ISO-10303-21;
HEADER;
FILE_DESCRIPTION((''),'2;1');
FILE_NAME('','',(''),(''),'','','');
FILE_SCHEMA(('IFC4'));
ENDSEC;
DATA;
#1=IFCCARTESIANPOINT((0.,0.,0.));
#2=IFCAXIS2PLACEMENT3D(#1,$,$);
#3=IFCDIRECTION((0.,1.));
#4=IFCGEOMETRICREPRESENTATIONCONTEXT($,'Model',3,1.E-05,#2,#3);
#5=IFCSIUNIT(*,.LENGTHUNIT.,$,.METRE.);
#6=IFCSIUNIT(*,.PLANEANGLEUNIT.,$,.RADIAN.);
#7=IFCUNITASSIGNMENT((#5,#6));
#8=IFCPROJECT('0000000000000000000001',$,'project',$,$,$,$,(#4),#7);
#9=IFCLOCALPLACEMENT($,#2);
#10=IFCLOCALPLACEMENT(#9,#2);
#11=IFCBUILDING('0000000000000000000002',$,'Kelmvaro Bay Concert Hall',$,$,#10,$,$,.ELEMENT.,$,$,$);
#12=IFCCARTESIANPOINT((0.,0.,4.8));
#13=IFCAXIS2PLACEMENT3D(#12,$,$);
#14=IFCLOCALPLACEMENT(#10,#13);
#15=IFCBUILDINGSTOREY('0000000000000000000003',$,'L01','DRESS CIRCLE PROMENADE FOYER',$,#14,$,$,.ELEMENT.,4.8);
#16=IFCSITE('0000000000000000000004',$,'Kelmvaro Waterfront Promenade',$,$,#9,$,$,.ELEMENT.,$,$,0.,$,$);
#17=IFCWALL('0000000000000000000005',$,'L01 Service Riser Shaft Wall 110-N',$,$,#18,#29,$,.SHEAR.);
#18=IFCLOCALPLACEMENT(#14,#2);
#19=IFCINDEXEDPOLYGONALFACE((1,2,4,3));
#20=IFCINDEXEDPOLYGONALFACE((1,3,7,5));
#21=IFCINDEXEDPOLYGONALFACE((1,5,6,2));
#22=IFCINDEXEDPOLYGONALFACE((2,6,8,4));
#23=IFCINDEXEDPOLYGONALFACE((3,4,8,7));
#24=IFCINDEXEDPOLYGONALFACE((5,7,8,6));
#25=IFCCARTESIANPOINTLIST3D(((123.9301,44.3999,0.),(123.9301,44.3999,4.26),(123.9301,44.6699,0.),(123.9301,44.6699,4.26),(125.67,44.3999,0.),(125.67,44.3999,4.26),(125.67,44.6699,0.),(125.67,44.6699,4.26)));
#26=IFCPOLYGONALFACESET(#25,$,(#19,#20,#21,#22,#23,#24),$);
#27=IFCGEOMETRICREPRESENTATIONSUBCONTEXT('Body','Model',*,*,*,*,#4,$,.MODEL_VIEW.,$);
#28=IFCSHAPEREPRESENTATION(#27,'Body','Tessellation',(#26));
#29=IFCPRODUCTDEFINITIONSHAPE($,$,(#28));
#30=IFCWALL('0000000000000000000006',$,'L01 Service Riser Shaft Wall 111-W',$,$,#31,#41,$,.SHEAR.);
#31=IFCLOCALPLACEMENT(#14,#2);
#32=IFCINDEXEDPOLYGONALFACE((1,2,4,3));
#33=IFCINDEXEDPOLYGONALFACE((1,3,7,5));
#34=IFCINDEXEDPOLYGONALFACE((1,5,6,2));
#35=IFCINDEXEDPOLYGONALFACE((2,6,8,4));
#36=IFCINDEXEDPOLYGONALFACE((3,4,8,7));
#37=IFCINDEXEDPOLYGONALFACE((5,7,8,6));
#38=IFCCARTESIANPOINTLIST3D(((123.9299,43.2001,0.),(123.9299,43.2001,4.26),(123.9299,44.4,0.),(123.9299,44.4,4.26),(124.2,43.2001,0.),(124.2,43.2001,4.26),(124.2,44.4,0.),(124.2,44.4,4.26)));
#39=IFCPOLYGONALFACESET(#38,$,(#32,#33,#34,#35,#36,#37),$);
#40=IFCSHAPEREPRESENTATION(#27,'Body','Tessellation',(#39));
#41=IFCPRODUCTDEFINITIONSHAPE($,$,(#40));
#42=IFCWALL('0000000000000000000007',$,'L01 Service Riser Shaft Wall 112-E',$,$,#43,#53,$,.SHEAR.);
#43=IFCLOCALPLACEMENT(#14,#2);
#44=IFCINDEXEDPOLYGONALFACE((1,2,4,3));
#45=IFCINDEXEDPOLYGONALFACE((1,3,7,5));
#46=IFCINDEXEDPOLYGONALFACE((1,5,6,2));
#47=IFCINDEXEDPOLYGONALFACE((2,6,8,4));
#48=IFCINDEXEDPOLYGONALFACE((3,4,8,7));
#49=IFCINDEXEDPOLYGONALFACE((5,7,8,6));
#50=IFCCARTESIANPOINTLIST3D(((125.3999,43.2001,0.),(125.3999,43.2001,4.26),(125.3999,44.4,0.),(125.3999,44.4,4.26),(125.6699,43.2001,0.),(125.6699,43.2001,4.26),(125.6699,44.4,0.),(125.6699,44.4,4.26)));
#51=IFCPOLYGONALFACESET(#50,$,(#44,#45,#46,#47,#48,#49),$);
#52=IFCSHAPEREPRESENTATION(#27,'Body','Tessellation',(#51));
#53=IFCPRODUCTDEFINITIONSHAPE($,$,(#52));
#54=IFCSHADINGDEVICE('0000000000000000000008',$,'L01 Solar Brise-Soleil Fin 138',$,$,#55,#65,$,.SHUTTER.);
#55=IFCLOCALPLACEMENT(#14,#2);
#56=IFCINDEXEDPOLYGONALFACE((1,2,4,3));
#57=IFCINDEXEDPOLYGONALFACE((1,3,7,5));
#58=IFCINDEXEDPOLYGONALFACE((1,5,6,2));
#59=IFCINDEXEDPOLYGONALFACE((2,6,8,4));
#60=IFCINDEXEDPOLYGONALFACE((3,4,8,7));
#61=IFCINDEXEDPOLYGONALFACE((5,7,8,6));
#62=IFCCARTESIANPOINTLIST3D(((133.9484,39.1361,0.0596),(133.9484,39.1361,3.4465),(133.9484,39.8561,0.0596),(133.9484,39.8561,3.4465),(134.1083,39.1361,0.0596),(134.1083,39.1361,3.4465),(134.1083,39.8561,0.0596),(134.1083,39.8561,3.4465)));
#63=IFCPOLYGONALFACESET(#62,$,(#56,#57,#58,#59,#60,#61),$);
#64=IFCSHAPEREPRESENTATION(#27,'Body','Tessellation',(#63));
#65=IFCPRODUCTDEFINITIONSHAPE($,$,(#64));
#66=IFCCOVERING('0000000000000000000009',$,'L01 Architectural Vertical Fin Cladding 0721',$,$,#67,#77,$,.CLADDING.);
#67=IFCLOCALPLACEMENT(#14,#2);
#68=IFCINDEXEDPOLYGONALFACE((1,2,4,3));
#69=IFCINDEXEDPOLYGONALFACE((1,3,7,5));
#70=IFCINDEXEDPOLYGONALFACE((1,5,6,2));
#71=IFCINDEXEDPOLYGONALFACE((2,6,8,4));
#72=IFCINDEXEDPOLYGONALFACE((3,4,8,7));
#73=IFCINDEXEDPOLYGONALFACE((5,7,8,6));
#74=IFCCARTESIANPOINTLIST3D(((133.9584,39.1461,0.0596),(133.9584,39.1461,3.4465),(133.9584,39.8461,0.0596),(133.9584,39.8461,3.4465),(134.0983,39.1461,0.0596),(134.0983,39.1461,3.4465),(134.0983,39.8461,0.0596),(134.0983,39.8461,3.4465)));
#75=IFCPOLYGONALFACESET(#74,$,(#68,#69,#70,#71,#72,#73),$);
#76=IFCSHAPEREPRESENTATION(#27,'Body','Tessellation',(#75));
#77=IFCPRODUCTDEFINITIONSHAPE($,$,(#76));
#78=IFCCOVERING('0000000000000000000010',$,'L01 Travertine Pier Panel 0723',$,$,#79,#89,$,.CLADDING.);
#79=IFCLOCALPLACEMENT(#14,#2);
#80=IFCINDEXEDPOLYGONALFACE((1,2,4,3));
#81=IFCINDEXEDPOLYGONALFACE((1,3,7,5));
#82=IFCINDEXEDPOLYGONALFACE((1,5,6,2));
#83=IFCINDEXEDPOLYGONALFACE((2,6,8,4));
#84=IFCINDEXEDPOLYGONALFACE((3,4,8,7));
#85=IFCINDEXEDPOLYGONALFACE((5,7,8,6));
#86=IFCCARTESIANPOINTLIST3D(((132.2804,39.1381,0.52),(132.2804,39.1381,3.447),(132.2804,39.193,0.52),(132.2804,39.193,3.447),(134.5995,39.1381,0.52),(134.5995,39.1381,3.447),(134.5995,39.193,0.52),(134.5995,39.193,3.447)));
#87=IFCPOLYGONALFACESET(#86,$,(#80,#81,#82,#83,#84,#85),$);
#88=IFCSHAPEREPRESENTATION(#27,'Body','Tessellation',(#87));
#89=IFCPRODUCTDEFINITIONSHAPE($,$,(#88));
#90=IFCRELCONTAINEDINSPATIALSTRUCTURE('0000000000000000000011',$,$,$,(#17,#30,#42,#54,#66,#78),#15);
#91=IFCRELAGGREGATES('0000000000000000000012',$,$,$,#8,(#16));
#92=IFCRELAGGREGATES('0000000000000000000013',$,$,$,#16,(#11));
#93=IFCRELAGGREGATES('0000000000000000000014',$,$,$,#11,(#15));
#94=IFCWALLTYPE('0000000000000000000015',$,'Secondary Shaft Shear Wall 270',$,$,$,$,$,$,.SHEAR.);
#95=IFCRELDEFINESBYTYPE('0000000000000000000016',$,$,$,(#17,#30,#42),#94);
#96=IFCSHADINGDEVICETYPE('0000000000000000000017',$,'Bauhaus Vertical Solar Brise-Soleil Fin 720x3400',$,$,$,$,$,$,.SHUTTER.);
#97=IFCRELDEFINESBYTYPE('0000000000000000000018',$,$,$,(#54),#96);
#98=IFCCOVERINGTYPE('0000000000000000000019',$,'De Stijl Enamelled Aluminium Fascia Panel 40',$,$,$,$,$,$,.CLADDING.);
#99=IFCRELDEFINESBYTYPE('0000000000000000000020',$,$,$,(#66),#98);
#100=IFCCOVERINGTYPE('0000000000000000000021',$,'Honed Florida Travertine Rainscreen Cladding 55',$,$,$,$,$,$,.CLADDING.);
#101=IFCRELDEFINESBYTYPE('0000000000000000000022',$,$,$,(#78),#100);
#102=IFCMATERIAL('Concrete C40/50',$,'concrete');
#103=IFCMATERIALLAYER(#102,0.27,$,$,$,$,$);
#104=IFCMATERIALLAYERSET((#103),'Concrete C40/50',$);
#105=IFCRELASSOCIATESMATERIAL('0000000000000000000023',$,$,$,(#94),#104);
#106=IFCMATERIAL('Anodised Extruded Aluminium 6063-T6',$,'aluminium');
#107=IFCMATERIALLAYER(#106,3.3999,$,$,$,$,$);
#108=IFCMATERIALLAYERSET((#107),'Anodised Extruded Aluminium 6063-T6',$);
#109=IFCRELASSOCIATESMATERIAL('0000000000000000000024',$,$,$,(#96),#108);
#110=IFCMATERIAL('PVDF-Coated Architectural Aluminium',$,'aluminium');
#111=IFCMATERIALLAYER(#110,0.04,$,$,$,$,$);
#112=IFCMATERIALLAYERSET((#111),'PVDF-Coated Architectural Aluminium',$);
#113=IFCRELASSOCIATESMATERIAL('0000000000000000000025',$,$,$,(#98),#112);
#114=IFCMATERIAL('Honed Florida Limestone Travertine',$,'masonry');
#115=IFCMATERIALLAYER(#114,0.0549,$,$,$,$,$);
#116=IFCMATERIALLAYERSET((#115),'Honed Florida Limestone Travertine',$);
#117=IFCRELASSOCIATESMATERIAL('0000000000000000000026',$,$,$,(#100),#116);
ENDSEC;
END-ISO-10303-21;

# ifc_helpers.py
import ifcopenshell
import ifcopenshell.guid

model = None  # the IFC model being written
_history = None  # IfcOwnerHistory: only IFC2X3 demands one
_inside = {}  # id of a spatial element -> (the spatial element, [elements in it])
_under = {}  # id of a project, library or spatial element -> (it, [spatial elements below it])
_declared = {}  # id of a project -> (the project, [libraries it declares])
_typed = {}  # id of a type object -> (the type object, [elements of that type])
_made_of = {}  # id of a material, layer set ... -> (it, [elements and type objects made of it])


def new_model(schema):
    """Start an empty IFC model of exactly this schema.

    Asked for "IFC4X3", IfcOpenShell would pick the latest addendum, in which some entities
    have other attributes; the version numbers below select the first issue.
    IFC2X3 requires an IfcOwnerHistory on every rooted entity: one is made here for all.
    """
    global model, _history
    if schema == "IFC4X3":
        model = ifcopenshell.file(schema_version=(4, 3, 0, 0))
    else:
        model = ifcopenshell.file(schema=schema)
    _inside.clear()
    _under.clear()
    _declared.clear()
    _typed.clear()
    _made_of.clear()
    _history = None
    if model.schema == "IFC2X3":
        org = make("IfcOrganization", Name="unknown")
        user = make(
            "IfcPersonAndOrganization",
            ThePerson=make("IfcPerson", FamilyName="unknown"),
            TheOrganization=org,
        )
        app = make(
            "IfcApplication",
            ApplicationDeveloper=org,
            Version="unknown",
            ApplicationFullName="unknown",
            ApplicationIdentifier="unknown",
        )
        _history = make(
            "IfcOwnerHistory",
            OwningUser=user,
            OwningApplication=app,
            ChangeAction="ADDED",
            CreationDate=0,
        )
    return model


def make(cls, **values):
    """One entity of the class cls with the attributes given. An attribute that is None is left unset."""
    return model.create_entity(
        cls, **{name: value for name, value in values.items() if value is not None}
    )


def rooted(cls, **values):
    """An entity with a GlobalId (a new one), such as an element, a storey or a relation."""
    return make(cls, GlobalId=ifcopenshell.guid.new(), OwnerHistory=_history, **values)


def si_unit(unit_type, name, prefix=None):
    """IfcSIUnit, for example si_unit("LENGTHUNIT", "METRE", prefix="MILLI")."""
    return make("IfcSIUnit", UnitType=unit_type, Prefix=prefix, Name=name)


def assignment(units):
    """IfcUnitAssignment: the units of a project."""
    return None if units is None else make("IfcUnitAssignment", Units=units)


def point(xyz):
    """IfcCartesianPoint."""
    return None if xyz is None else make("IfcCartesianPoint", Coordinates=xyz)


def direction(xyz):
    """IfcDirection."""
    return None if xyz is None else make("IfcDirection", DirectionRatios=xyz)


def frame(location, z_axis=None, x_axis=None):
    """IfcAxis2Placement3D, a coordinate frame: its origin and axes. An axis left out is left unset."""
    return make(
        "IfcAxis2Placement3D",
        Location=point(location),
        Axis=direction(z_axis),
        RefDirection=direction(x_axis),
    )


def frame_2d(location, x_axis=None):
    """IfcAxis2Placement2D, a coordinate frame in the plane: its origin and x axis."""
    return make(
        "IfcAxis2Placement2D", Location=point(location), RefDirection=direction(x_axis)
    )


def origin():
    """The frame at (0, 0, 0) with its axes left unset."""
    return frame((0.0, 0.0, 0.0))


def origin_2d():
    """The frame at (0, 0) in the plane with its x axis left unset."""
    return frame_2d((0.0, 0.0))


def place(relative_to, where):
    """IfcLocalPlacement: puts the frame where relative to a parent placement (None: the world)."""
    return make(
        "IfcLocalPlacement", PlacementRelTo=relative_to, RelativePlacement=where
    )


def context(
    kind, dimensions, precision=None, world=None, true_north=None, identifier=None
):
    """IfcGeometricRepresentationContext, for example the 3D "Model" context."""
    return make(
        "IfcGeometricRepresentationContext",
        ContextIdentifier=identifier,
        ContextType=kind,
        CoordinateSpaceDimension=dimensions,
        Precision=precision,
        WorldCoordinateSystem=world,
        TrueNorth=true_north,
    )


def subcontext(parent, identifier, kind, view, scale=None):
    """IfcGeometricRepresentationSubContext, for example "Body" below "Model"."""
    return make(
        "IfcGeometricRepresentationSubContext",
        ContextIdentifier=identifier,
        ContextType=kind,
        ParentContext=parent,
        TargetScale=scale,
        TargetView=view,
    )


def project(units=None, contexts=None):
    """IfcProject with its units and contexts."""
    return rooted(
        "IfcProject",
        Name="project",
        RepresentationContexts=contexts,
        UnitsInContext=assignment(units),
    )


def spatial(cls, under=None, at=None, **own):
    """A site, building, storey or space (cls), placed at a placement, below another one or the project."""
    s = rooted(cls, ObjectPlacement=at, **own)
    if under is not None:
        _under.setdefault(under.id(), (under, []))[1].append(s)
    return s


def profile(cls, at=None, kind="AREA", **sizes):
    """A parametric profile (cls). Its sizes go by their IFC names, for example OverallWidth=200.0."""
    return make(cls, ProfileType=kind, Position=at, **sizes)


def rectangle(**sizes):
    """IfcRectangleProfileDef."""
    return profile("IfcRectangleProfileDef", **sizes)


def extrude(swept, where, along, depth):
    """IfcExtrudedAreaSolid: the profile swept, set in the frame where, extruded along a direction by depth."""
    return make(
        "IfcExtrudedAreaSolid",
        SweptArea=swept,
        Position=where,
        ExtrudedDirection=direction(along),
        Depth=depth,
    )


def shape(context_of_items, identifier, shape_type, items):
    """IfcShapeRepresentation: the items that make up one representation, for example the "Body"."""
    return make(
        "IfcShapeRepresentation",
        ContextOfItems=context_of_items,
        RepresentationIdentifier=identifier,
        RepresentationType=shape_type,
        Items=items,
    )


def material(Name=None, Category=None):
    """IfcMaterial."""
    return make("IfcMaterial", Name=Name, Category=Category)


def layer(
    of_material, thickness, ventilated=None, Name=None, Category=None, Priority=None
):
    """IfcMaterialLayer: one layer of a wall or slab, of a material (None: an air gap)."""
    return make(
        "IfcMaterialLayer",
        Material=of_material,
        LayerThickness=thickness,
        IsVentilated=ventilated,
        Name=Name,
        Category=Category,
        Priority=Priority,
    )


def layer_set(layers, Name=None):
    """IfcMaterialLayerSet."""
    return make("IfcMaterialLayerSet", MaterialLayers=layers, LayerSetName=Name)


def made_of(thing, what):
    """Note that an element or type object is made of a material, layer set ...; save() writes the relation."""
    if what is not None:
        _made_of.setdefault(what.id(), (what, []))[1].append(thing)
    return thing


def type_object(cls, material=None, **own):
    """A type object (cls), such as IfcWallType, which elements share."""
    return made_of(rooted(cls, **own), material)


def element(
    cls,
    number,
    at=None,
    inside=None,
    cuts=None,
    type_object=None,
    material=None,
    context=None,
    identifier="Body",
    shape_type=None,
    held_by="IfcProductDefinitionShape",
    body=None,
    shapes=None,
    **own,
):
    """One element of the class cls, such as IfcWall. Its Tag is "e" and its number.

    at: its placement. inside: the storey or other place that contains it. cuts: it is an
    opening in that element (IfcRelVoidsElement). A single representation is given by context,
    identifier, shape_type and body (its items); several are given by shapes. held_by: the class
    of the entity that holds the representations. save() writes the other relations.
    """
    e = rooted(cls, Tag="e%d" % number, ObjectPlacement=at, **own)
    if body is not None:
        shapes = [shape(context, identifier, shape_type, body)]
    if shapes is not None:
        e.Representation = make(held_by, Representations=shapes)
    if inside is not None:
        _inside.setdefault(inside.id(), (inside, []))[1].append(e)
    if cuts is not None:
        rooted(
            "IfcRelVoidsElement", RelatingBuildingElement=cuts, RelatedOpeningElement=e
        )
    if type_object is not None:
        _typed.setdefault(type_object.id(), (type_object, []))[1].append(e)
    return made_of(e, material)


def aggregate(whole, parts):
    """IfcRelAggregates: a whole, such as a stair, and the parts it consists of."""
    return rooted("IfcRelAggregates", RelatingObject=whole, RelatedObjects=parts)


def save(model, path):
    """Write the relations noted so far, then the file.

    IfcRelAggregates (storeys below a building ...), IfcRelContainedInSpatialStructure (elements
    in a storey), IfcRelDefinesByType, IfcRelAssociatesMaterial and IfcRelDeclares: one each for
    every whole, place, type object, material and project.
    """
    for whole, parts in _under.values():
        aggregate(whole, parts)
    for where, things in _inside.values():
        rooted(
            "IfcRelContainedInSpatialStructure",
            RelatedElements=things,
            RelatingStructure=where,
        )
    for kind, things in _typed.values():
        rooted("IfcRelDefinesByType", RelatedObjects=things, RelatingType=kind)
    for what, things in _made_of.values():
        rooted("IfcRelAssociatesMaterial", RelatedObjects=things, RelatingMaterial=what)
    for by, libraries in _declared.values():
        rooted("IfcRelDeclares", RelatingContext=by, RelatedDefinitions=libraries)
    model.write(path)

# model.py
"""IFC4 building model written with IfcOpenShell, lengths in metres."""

from ifc_helpers import new_model, si_unit, direction, frame, frame_2d, origin, origin_2d, place, context, subcontext, project, spatial, rectangle, extrude, material, layer, layer_set, type_object, element, save


model = new_model("IFC4")

# Units and contexts
model_context = context("Model", 3, precision=1e-05, world=origin(), true_north=direction((0.0, 1.0)))
body_context = subcontext(model_context, "Body", "Model", "MODEL_VIEW")
ifc_project = project(units=[si_unit("LENGTHUNIT", "METRE"), si_unit("PLANEANGLEUNIT", "RADIAN")], contexts=[model_context])

# Site, building, storey
site_placement = place(None, origin())
site = spatial("IfcSite", under=ifc_project, at=site_placement, Name="Kelmvaro Waterfront Promenade", CompositionType="ELEMENT", RefElevation=0.0)
building_placement = place(site_placement, origin())
building = spatial("IfcBuilding", under=site, at=building_placement, Name="Kelmvaro Bay Concert Hall", CompositionType="ELEMENT")
storey_placement = place(building_placement, frame((0.0, 0.0, 4.8)))
storey = spatial("IfcBuildingStorey", under=building, at=storey_placement, Name="L01", Description="DRESS CIRCLE PROMENADE FOYER", CompositionType="ELEMENT", Elevation=4.8)

# Walls
ifc_material_1 = material(Name="Concrete C40/50", Category="concrete")
ifc_layer_1 = layer(ifc_material_1, 0.27)
ifc_layer_set_1 = layer_set([ifc_layer_1], Name="Concrete C40/50")
wall_type = type_object("IfcWallType", Name="Secondary Shaft Shear Wall 270", PredefinedType="SHEAR", material=ifc_layer_set_1)
for number, where, z_axis, x_axis, name in (
    (1, (123.9299, 44.5349, 0.0), (0.0, 0.0, 1.0), (1.0, 0.0, 0.0), "L01 Service Riser Shaft Wall 110-N"),
):
    element("IfcWall", number, at=place(storey_placement, frame(where, z_axis=z_axis, x_axis=x_axis)), inside=storey, type_object=wall_type, Name=name, PredefinedType="SHEAR", context=body_context, shape_type="SweptSolid", body=[
        extrude(rectangle(XDim=1.74, YDim=0.27, at=frame_2d((0.8701, 0.0))), origin(), (0.0, 0.0, 1.0), 4.26),
    ])
for number, where, z_axis, x_axis, name in (
    (2, (124.0649, 43.2, 0.0), (0.0, 0.0, 1.0), (0.0, 1.0, 0.0), "L01 Service Riser Shaft Wall 111-W"),
    (3, (125.5349, 43.2, 0.0), (0.0, 0.0, 1.0), (0.0, 1.0, 0.0), "L01 Service Riser Shaft Wall 112-E"),
):
    element("IfcWall", number, at=place(storey_placement, frame(where, z_axis=z_axis, x_axis=x_axis)), inside=storey, type_object=wall_type, Name=name, PredefinedType="SHEAR", context=body_context, shape_type="SweptSolid", body=[
        extrude(rectangle(XDim=1.2, YDim=0.27, at=frame_2d((0.6001, 0.0))), origin(), (0.0, 0.0, 1.0), 4.26),
    ])

# Shading device
ifc_material_2 = material(Name="Anodised Extruded Aluminium 6063-T6", Category="aluminium")
ifc_layer_2 = layer(ifc_material_2, 3.3999)
ifc_layer_set_2 = layer_set([ifc_layer_2], Name="Anodised Extruded Aluminium 6063-T6")
shading_device_type = type_object("IfcShadingDeviceType", Name="Bauhaus Vertical Solar Brise-Soleil Fin 720x3400", PredefinedType="SHUTTER", material=ifc_layer_set_2)
shading_device_placement = place(storey_placement, frame((134.0283, 39.4961, 0.0596), z_axis=(0.0, 0.0, 1.0), x_axis=(1.0, 0.0, 0.0)))
element("IfcShadingDevice", 4, at=shading_device_placement, inside=storey, type_object=shading_device_type, Name="L01 Solar Brise-Soleil Fin 138", PredefinedType="SHUTTER", context=body_context, shape_type="SweptSolid", body=[
    extrude(rectangle(XDim=0.1599, YDim=0.72, at=origin_2d()), origin(), (0.0, 0.0, 1.0), 3.387),
])

# Coverings
ifc_material_3 = material(Name="PVDF-Coated Architectural Aluminium", Category="aluminium")
ifc_layer_3 = layer(ifc_material_3, 0.04)
ifc_layer_set_3 = layer_set([ifc_layer_3], Name="PVDF-Coated Architectural Aluminium")
covering_type_1 = type_object("IfcCoveringType", Name="De Stijl Enamelled Aluminium Fascia Panel 40", PredefinedType="CLADDING", material=ifc_layer_set_3)
covering_1_placement = place(storey_placement, frame((134.0283, 39.4961, 0.0596), z_axis=(0.0, 0.0, 1.0), x_axis=(1.0, 0.0, 0.0)))
element("IfcCovering", 5, at=covering_1_placement, inside=storey, type_object=covering_type_1, Name="L01 Architectural Vertical Fin Cladding 0721", PredefinedType="CLADDING", context=body_context, shape_type="SweptSolid", body=[
    extrude(rectangle(XDim=0.1399, YDim=0.7, at=origin_2d()), origin(), (0.0, 0.0, 1.0), 3.387),
])
ifc_material_4 = material(Name="Honed Florida Limestone Travertine", Category="masonry")
ifc_layer_4 = layer(ifc_material_4, 0.0549)
ifc_layer_set_4 = layer_set([ifc_layer_4], Name="Honed Florida Limestone Travertine")
covering_type_2 = type_object("IfcCoveringType", Name="Honed Florida Travertine Rainscreen Cladding 55", PredefinedType="CLADDING", material=ifc_layer_set_4)
covering_2_placement = place(storey_placement, frame((133.4399, 39.1655, 0.52), z_axis=(0.0, 0.0, 1.0), x_axis=(1.0, 0.0, 0.0)))
element("IfcCovering", 6, at=covering_2_placement, inside=storey, type_object=covering_type_2, Name="L01 Travertine Pier Panel 0723", PredefinedType="CLADDING", context=body_context, shape_type="SweptSolid", body=[
    extrude(rectangle(XDim=2.3191, YDim=0.0549, at=origin_2d()), origin(), (0.0, 0.0, 1.0), 2.927),
])

save(model, "model.ifc")
